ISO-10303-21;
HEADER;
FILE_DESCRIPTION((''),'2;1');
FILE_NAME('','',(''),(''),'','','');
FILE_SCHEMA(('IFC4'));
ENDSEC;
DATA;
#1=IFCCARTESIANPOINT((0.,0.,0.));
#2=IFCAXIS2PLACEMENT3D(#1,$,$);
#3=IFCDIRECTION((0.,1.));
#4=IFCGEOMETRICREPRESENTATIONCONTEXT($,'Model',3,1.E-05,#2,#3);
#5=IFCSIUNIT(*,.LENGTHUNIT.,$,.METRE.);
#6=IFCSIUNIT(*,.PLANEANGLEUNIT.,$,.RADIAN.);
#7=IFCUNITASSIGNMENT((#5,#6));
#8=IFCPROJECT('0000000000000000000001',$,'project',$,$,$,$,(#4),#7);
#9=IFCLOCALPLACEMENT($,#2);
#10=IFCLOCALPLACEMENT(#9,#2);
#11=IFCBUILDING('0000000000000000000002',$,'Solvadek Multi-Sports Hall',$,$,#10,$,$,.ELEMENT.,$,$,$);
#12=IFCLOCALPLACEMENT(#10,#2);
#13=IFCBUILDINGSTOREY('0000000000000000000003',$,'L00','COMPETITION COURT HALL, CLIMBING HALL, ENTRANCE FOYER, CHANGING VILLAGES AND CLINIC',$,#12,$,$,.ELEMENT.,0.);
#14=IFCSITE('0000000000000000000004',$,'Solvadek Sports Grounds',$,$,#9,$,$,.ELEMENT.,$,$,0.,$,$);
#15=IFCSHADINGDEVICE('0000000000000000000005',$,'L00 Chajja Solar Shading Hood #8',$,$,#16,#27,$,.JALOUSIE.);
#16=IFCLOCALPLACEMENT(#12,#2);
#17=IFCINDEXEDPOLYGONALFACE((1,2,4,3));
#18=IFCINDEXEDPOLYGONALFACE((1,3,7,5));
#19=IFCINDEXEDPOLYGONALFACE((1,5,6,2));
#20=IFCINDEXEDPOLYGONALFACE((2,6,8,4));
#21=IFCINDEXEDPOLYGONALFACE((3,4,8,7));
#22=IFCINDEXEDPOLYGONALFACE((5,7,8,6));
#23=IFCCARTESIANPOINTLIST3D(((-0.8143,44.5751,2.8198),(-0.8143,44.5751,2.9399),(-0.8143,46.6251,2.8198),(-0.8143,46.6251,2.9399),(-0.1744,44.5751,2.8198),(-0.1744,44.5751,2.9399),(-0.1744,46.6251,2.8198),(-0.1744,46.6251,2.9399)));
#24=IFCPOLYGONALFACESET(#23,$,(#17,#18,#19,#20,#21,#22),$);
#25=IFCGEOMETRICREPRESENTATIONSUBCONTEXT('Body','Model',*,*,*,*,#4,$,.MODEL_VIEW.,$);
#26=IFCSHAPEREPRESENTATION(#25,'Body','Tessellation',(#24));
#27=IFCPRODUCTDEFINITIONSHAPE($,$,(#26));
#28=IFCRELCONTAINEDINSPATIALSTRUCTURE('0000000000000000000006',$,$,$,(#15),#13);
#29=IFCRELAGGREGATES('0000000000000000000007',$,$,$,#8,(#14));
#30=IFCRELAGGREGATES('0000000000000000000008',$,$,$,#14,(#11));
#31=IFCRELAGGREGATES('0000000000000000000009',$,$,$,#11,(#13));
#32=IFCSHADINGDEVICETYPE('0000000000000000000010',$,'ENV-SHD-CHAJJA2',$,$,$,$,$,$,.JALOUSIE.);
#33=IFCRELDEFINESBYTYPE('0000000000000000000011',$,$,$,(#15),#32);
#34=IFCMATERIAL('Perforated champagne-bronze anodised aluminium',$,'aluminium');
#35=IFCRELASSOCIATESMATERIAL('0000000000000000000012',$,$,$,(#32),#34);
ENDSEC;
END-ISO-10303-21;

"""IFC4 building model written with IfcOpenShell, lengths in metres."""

from ifc_helpers import new_model, si_unit, direction, frame, origin, origin_2d, place, context, subcontext, project, spatial, rectangle, extrude, material, type_object, element, save


model = new_model("IFC4")

# Units and contexts
model_context = context("Model", 3, precision=1e-05, world=origin(), true_north=direction((0.0, 1.0)))
body_context = subcontext(model_context, "Body", "Model", "MODEL_VIEW")
ifc_project = project(units=[si_unit("LENGTHUNIT", "METRE"), si_unit("PLANEANGLEUNIT", "RADIAN")], contexts=[model_context])

# Site, building, storey
site_placement = place(None, origin())
site = spatial("IfcSite", under=ifc_project, at=site_placement, Name="Solvadek Sports Grounds", CompositionType="ELEMENT", RefElevation=0.0)
building_placement = place(site_placement, origin())
building = spatial("IfcBuilding", under=site, at=building_placement, Name="Solvadek Multi-Sports Hall", CompositionType="ELEMENT")
storey_placement = place(building_placement, origin())
storey = spatial("IfcBuildingStorey", under=building, at=storey_placement, Name="L00", Description="COMPETITION COURT HALL, CLIMBING HALL, ENTRANCE FOYER, CHANGING VILLAGES AND CLINIC", CompositionType="ELEMENT", Elevation=0.0)

# Shading device
ifc_material_1 = material(Name="Perforated champagne-bronze anodised aluminium", Category="aluminium")
shading_device_type = type_object("IfcShadingDeviceType", Name="ENV-SHD-CHAJJA2", PredefinedType="JALOUSIE", material=ifc_material_1)
shading_device_placement = place(storey_placement, frame((-0.4944, 45.6001, 2.8198), z_axis=(0.0, 0.0, 1.0), x_axis=(0.0, 1.0, 0.0)))
element("IfcShadingDevice", 1, at=shading_device_placement, inside=storey, type_object=shading_device_type, Name="L00 Chajja Solar Shading Hood #8", PredefinedType="JALOUSIE", context=body_context, shape_type="SweptSolid", body=[
    extrude(rectangle(XDim=2.05, YDim=0.6399, at=origin_2d()), origin(), (0.0, 0.0, 1.0), 0.1201),
])

save(model, "model.ifc")
